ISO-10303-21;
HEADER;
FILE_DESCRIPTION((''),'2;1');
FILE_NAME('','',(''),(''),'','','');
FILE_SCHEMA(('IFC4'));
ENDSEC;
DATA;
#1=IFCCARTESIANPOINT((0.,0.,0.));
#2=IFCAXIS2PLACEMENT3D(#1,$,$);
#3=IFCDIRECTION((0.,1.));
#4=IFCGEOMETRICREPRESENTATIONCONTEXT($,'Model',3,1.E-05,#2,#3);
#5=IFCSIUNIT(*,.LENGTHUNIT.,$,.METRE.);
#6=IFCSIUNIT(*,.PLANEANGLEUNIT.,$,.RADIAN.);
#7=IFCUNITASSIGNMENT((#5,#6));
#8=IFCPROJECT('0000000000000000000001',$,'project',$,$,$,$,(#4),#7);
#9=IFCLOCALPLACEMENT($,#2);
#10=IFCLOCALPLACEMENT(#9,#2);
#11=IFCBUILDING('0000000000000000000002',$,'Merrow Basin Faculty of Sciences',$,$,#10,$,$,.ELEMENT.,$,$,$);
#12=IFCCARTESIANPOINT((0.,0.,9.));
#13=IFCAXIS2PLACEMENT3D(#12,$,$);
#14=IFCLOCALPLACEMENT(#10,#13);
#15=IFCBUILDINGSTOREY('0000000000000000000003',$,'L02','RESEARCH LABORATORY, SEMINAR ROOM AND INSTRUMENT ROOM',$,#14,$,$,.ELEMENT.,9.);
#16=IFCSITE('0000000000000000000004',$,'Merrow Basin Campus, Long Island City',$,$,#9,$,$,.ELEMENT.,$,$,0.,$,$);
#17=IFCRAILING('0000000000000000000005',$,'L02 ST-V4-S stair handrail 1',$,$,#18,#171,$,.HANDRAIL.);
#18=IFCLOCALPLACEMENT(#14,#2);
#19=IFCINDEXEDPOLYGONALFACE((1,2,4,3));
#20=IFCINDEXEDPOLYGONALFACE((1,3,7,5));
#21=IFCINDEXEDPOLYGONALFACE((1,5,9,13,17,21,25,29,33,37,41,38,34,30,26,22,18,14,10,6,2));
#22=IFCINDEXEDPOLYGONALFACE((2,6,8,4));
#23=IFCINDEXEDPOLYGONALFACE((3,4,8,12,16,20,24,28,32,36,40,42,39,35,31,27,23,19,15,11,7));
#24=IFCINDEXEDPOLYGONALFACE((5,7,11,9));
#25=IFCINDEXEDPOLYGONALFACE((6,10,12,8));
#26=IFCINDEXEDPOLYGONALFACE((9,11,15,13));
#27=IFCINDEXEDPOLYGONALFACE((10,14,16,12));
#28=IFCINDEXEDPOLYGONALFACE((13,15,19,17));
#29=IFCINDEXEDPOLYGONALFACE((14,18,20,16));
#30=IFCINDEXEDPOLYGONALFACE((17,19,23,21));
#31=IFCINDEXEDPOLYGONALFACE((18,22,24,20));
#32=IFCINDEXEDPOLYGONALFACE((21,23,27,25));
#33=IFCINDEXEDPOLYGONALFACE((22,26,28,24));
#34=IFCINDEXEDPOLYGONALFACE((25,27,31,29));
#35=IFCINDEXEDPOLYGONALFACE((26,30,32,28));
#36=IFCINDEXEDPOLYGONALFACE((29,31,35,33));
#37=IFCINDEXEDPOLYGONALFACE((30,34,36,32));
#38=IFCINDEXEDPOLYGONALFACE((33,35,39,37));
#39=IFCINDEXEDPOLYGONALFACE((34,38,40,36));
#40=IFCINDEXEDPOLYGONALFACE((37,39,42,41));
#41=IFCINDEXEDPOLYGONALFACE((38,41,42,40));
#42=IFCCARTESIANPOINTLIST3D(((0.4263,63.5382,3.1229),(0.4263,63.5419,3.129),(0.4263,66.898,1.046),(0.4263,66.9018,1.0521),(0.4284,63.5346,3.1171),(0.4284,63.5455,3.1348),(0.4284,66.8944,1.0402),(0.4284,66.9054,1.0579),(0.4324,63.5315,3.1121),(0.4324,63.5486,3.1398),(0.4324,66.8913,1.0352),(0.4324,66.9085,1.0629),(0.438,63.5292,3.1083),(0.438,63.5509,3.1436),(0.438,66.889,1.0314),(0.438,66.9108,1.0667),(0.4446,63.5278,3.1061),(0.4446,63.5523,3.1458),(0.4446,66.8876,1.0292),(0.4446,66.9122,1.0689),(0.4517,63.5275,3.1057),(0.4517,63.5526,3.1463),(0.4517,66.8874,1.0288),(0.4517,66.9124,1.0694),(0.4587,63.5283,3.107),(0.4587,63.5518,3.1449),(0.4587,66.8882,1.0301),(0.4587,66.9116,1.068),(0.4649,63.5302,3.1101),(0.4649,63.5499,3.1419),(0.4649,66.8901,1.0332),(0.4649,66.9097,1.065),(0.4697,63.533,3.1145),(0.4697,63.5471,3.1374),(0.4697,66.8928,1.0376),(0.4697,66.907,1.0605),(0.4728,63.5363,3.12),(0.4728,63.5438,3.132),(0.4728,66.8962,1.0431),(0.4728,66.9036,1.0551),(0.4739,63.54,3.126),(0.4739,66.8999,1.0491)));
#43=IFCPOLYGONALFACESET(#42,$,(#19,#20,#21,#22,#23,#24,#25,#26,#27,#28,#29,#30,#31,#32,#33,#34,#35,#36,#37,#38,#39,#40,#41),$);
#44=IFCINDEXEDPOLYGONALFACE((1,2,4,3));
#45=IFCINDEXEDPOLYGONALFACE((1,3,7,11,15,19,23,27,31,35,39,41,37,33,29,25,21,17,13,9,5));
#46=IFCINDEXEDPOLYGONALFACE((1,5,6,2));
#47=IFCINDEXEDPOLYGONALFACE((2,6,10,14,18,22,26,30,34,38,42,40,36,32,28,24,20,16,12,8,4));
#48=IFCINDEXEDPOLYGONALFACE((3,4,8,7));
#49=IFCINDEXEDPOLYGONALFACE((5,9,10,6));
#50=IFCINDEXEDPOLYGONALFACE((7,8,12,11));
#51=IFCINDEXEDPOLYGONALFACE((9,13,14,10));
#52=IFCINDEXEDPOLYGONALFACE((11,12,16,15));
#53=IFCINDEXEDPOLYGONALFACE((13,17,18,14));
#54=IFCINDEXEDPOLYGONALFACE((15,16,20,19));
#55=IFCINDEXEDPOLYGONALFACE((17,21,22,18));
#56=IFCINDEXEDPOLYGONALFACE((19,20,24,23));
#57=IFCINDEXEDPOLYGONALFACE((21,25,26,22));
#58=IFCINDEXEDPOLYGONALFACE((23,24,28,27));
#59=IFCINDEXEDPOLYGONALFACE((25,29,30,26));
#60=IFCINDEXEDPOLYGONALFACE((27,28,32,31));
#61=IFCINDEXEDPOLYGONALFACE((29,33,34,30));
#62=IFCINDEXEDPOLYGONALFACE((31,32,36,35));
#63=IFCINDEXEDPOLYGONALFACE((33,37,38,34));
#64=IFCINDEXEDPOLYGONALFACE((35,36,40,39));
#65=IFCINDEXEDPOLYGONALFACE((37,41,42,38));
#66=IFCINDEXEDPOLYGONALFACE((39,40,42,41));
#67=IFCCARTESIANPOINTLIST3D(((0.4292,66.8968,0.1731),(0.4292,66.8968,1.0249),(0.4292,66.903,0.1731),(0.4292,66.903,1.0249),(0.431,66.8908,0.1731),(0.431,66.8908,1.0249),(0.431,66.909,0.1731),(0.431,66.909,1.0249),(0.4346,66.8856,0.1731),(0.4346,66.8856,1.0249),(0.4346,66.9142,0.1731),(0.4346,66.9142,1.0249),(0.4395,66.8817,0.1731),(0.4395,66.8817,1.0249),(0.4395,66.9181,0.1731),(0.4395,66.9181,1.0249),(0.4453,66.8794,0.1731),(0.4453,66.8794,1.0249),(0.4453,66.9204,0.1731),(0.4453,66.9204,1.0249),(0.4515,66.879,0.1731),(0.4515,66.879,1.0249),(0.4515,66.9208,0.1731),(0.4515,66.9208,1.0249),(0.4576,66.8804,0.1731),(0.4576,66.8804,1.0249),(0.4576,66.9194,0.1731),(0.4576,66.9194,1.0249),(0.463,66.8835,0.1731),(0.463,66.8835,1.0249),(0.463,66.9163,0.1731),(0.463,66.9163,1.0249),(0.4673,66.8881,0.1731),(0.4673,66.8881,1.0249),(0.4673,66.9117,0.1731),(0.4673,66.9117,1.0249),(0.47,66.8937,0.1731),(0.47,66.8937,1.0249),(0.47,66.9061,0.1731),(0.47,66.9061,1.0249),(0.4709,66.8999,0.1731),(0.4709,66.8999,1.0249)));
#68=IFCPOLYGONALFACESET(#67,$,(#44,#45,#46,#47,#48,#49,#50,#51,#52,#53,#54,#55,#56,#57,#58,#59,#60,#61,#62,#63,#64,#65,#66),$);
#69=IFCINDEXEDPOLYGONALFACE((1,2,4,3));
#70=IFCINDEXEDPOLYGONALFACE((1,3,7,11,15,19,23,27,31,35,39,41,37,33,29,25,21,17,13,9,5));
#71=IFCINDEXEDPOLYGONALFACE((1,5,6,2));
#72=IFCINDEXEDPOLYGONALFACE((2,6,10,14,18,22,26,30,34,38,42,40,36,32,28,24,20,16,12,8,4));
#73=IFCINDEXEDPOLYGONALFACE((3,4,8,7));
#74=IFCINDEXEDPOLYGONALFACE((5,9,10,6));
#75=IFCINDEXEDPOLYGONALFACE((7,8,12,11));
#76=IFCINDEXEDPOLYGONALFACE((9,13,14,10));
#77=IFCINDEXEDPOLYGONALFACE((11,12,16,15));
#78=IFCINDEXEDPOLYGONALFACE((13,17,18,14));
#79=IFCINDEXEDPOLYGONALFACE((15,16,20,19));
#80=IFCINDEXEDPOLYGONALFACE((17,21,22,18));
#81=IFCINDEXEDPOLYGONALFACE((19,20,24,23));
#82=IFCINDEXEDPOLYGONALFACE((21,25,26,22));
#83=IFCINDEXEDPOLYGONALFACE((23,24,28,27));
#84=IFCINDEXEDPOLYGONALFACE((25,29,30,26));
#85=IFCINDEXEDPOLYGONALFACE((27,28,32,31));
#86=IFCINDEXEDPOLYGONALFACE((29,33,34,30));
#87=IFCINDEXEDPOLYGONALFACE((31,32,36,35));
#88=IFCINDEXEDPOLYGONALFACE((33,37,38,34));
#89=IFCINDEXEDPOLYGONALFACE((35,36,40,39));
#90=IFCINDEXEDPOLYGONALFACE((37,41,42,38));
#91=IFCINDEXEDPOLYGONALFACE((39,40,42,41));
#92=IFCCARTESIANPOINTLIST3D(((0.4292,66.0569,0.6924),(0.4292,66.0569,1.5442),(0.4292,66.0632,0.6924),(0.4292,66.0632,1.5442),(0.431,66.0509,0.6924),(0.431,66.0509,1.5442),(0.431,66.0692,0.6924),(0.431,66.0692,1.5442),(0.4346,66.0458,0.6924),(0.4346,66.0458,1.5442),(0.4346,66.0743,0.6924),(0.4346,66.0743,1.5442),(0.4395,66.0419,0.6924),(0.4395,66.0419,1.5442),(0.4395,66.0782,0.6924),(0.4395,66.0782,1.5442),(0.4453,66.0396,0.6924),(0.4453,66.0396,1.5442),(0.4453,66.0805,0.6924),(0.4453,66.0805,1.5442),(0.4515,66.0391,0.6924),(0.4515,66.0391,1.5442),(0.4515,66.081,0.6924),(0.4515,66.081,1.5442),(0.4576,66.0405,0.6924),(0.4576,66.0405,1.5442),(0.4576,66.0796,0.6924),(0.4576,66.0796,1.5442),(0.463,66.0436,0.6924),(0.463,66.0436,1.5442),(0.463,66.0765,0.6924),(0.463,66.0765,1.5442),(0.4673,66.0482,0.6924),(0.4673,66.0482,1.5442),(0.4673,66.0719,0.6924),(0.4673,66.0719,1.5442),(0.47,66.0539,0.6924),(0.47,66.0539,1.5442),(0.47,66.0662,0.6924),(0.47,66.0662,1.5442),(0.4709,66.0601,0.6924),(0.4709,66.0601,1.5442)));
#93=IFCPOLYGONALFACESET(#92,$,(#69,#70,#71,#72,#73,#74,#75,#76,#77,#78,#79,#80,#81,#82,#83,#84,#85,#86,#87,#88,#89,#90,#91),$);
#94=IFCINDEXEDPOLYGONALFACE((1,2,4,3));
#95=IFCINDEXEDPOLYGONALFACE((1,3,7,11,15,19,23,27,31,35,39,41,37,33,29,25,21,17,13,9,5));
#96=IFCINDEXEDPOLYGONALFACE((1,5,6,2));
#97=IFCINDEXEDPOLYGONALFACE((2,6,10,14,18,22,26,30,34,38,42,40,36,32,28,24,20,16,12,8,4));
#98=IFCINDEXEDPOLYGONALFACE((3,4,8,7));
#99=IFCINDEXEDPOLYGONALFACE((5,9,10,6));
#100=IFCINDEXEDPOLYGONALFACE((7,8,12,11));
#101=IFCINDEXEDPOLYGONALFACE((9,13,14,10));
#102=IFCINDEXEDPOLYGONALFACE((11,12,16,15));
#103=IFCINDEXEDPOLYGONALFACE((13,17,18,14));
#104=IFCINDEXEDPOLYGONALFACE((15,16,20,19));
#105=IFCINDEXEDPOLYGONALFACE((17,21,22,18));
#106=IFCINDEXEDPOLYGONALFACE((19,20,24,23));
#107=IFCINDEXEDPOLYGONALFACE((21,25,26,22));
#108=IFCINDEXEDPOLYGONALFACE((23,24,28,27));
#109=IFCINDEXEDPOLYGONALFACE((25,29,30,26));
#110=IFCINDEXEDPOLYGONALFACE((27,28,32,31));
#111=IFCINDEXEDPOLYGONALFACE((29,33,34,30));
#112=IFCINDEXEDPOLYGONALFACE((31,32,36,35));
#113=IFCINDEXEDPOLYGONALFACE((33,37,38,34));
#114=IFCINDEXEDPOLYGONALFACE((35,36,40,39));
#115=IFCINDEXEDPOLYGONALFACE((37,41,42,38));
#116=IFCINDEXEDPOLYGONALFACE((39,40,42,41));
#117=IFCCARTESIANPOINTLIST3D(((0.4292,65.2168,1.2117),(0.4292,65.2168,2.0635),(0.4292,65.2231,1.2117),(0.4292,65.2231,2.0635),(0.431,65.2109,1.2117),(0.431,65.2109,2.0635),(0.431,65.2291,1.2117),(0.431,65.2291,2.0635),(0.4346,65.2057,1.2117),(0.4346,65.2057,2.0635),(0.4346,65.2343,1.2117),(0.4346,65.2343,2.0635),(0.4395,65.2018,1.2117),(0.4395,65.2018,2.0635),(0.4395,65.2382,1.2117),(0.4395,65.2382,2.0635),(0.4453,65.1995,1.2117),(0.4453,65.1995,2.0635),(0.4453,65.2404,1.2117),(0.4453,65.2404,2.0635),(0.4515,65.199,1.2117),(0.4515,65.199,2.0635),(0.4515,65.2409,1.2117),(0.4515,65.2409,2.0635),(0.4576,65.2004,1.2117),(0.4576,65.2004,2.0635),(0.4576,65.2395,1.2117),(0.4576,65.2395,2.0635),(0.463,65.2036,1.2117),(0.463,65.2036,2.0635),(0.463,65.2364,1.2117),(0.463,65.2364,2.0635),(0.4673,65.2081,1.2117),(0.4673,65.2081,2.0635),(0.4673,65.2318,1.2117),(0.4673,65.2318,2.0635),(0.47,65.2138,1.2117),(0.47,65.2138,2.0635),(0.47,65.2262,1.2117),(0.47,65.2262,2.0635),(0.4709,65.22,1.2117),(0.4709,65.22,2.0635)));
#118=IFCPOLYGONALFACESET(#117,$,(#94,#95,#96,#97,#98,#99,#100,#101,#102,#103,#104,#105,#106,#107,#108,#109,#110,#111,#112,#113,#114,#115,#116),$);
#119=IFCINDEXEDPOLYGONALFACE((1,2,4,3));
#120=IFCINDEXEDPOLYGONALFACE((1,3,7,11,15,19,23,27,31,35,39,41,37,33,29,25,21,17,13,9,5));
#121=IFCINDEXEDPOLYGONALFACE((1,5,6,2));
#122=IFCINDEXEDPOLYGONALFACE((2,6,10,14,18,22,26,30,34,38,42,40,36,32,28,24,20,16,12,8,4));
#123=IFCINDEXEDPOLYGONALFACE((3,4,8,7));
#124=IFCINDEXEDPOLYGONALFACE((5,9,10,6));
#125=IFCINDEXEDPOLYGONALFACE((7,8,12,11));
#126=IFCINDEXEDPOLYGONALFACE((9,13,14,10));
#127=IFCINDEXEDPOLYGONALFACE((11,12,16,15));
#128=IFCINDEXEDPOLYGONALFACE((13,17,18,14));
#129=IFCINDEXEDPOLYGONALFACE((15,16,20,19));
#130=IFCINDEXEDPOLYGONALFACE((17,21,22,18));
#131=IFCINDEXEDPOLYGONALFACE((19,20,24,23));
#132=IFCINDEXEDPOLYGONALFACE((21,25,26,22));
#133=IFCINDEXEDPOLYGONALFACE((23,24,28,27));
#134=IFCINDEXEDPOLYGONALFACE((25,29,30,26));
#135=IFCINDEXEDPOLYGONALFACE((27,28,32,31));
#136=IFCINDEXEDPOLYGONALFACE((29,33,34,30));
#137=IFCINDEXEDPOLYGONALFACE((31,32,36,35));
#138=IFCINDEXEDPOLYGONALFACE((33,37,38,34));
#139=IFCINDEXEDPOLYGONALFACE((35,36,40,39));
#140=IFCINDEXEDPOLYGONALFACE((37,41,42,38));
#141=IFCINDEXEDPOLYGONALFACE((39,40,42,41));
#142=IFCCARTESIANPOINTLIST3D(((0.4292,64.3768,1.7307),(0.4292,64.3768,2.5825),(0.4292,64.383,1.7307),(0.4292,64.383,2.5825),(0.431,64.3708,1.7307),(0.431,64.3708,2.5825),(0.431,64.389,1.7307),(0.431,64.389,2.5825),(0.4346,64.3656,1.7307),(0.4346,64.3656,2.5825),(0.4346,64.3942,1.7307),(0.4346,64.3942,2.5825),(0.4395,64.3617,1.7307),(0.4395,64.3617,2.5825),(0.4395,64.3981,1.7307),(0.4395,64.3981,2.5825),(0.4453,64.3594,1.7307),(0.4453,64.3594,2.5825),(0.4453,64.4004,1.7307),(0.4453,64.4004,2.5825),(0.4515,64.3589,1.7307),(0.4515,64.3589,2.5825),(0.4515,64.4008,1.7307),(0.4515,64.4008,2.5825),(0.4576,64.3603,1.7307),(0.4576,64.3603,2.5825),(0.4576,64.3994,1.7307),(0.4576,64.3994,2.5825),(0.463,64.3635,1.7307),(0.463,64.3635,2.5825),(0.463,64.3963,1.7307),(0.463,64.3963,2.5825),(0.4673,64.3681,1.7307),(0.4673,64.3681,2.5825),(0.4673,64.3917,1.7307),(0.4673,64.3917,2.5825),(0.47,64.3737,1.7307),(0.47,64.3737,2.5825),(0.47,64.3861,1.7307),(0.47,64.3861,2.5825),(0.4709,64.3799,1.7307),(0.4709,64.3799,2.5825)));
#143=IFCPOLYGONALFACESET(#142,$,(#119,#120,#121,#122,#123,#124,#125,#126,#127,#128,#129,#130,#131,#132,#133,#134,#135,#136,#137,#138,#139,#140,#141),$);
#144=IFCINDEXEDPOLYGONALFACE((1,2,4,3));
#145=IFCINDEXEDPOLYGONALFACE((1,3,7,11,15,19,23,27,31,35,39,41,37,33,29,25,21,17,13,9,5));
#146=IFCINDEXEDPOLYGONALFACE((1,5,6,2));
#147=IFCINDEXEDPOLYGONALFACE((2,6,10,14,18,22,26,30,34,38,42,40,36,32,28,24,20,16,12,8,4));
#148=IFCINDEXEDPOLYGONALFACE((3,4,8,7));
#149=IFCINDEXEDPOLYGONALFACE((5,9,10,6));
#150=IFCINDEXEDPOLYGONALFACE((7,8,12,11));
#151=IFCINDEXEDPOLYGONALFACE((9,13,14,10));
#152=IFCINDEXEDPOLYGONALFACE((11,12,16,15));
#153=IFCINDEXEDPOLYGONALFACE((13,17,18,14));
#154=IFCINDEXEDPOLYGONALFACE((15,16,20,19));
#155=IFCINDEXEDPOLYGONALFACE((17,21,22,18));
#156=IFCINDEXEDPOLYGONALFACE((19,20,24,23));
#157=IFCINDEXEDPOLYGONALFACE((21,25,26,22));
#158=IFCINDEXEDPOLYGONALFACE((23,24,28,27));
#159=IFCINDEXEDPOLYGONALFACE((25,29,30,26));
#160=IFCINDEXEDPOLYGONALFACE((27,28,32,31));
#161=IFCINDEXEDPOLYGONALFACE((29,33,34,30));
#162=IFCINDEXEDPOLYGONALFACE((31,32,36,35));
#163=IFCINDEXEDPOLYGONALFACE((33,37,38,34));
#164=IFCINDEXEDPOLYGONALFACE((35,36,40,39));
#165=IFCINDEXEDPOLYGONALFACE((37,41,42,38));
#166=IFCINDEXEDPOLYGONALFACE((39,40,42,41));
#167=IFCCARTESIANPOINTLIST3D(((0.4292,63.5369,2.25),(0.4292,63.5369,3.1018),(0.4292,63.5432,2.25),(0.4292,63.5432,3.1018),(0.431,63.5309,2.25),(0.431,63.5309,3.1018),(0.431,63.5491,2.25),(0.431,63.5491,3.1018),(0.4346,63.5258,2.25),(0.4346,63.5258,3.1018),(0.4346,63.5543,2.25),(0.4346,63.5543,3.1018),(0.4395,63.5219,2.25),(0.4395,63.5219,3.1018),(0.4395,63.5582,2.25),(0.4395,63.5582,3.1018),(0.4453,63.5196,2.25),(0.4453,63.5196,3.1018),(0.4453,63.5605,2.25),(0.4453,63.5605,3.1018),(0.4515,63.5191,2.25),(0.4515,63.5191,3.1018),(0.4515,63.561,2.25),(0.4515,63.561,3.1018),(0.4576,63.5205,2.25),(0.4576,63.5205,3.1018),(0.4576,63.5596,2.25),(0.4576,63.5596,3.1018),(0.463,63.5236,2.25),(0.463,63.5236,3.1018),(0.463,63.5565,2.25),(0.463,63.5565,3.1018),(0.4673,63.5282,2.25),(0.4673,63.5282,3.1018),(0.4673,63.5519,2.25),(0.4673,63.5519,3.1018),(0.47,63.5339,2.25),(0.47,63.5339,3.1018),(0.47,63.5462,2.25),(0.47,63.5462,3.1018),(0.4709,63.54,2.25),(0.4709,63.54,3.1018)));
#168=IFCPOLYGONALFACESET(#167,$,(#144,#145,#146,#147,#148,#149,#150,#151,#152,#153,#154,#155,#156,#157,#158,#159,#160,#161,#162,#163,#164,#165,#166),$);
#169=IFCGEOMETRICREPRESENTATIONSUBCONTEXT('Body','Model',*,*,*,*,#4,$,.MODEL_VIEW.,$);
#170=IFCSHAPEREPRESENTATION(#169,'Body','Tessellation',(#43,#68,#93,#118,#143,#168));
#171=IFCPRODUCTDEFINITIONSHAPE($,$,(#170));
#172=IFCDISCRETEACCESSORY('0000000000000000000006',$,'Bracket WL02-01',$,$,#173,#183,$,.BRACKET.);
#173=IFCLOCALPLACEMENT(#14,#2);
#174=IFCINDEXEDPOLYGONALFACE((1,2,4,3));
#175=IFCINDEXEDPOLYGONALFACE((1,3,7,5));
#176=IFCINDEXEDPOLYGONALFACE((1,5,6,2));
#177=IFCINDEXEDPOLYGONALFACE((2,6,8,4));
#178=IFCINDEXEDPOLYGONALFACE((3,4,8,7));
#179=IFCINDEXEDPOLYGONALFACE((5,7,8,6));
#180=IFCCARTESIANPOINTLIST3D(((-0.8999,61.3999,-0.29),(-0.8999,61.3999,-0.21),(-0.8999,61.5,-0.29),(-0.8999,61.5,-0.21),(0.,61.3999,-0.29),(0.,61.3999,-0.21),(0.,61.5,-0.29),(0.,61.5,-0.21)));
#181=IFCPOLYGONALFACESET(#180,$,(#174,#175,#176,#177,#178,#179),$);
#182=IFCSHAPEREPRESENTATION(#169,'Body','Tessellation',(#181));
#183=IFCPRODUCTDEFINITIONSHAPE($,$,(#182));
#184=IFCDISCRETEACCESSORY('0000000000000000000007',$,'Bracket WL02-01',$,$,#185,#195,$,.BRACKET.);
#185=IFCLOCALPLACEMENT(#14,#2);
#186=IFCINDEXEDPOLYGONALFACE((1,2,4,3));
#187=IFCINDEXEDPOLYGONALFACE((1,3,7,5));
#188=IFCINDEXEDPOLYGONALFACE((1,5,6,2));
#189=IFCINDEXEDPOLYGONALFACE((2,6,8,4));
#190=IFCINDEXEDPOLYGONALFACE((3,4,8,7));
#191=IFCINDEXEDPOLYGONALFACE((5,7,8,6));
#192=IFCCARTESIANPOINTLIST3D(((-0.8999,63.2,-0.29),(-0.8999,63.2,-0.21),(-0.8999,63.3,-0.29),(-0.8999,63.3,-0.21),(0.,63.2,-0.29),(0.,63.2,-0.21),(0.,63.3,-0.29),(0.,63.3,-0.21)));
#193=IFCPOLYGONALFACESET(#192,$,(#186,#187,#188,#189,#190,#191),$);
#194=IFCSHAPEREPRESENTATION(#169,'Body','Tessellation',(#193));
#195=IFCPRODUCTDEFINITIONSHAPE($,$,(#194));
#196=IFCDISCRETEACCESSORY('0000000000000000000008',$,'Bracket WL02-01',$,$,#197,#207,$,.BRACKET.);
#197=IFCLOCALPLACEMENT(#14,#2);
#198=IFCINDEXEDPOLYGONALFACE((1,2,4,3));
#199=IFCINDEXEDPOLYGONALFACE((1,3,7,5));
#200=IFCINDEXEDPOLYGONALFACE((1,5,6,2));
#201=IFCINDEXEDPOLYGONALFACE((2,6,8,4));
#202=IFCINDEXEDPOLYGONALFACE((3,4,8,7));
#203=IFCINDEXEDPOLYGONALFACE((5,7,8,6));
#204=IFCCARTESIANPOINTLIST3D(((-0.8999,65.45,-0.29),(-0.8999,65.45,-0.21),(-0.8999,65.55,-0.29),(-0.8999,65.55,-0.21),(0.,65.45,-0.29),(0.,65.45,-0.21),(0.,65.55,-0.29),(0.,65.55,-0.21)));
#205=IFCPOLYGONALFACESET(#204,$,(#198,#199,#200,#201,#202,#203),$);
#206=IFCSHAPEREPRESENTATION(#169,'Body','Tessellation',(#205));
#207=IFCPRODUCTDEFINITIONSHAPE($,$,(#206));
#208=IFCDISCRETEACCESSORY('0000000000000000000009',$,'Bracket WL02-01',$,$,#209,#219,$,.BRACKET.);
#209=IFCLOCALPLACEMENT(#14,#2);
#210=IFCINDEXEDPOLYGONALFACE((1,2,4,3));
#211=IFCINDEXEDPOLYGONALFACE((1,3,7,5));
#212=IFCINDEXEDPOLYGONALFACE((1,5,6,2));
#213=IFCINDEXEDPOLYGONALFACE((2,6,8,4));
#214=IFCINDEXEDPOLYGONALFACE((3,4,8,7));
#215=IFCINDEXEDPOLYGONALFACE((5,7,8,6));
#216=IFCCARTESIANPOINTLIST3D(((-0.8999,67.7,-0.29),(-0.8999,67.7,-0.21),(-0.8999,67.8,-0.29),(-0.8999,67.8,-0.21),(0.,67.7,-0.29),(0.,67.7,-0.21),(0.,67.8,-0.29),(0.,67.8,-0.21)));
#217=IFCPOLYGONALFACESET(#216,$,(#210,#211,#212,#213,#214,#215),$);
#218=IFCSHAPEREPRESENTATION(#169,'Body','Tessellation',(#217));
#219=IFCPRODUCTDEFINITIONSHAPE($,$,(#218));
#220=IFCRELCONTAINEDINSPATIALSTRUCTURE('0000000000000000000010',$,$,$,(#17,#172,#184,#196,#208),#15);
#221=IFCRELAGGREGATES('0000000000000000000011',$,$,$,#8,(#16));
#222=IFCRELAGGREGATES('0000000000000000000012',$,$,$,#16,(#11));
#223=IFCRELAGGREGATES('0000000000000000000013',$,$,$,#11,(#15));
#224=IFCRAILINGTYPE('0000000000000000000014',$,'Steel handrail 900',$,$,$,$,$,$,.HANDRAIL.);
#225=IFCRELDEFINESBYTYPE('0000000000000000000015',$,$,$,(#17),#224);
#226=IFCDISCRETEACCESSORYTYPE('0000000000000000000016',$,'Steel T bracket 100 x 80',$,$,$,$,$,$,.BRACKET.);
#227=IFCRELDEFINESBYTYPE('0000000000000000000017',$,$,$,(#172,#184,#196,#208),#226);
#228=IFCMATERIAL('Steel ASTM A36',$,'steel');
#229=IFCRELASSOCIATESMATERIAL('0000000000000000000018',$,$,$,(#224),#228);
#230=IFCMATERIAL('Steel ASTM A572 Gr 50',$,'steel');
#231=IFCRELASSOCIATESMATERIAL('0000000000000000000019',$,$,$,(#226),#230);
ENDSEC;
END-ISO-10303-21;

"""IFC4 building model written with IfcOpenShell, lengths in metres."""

from ifc_helpers import new_model, si_unit, direction, frame, origin, origin_2d, place, context, subcontext, project, spatial, polyline, circle, outline, extrude, source, transform, mapped, material, type_object, element, save


model = new_model("IFC4")

# Units and contexts
model_context = context("Model", 3, precision=1e-05, world=origin(), true_north=direction((0.0, 1.0)))
body_context = subcontext(model_context, "Body", "Model", "MODEL_VIEW")
ifc_project = project(units=[si_unit("LENGTHUNIT", "METRE"), si_unit("PLANEANGLEUNIT", "RADIAN")], contexts=[model_context])

# Site, building, storey
site_placement = place(None, origin())
site = spatial("IfcSite", under=ifc_project, at=site_placement, Name="Merrow Basin Campus, Long Island City", CompositionType="ELEMENT", RefElevation=0.0)
building_placement = place(site_placement, origin())
building = spatial("IfcBuilding", under=site, at=building_placement, Name="Merrow Basin Faculty of Sciences", CompositionType="ELEMENT")
storey_placement = place(building_placement, frame((0.0, 0.0, 9.0)))
storey = spatial("IfcBuildingStorey", under=building, at=storey_placement, Name="L02", Description="RESEARCH LABORATORY, SEMINAR ROOM AND INSTRUMENT ROOM", CompositionType="ELEMENT", Elevation=9.0)

# Railing
ifc_material_1 = material(Name="Steel ASTM A36", Category="steel")
railing_type_1 = type_object("IfcRailingType", Name="Steel handrail 900", PredefinedType="HANDRAIL", material=ifc_material_1)
railing_1_placement = place(storey_placement, frame((0.45, 66.8999, 0.1731)))
element("IfcRailing", 1, at=railing_1_placement, inside=storey, type_object=railing_type_1, Name="L02 ST-V4-S stair handrail 1", PredefinedType="HANDRAIL", context=body_context, shape_type="SweptSolid", body=[
    extrude(circle(Radius=0.0239, at=origin_2d()), frame((0.0, 0.0, 0.876), z_axis=(0.0, -0.850606, 0.525803), x_axis=(1.0, 0.0, 0.0)), (0.0, 0.0, 1.0), 3.95),
    extrude(circle(Radius=0.021, at=origin_2d()), origin(), (0.0, 0.0, 1.0), 0.8518),
    extrude(circle(Radius=0.021, at=origin_2d()), frame((0.0, -0.8398, 0.5193)), (0.0, 0.0, 1.0), 0.8518),
    extrude(circle(Radius=0.021, at=origin_2d()), frame((0.0, -1.6799, 1.0386)), (0.0, 0.0, 1.0), 0.8518),
    extrude(circle(Radius=0.021, at=origin_2d()), frame((0.0, -2.52, 1.5576)), (0.0, 0.0, 1.0), 0.8518),
    extrude(circle(Radius=0.021, at=origin_2d()), frame((0.0, -3.3599, 2.0769)), (0.0, 0.0, 1.0), 0.8518),
])

# Discrete accessories
ifc_material_2 = material(Name="Steel ASTM A572 Gr 50", Category="steel")
discrete_accessory_type = type_object("IfcDiscreteAccessoryType", Name="Steel T bracket 100 x 80", PredefinedType="BRACKET", material=ifc_material_2)
shared_shape_1 = source(origin(), body_context, "Body", "SweptSolid", [
    extrude(outline(polyline([(0.0, 0.0), (0.1001, 0.0), (0.1001, 0.0801), (0.0, 0.0801), (0.0, 0.0)])), origin(), (0.0, 0.0, 1.0), 0.8999),
])
for number, where, z_axis, x_axis, name in (
    (2, (-0.8999, 61.3999, -0.29), (1.0, 0.0, 0.0), (0.0, 1.0, 0.0), "Bracket WL02-01"),
    (3, (-0.8999, 63.2, -0.29), (1.0, 0.0, 0.0), (0.0, 1.0, 0.0), "Bracket WL02-01"),
    (4, (-0.8999, 65.45, -0.29), (1.0, 0.0, 0.0), (0.0, 1.0, 0.0), "Bracket WL02-01"),
    (5, (-0.8999, 67.7, -0.29), (1.0, 0.0, 0.0), (0.0, 1.0, 0.0), "Bracket WL02-01"),
):
    element("IfcDiscreteAccessory", number, at=place(storey_placement, frame(where, z_axis=z_axis, x_axis=x_axis)), inside=storey, type_object=discrete_accessory_type, Name=name, PredefinedType="BRACKET", context=body_context, shape_type="MappedRepresentation", body=[
        mapped(shared_shape_1, transform((0.0, 0.0, 0.0), scale=1.0)),
    ])

save(model, "model.ifc")
